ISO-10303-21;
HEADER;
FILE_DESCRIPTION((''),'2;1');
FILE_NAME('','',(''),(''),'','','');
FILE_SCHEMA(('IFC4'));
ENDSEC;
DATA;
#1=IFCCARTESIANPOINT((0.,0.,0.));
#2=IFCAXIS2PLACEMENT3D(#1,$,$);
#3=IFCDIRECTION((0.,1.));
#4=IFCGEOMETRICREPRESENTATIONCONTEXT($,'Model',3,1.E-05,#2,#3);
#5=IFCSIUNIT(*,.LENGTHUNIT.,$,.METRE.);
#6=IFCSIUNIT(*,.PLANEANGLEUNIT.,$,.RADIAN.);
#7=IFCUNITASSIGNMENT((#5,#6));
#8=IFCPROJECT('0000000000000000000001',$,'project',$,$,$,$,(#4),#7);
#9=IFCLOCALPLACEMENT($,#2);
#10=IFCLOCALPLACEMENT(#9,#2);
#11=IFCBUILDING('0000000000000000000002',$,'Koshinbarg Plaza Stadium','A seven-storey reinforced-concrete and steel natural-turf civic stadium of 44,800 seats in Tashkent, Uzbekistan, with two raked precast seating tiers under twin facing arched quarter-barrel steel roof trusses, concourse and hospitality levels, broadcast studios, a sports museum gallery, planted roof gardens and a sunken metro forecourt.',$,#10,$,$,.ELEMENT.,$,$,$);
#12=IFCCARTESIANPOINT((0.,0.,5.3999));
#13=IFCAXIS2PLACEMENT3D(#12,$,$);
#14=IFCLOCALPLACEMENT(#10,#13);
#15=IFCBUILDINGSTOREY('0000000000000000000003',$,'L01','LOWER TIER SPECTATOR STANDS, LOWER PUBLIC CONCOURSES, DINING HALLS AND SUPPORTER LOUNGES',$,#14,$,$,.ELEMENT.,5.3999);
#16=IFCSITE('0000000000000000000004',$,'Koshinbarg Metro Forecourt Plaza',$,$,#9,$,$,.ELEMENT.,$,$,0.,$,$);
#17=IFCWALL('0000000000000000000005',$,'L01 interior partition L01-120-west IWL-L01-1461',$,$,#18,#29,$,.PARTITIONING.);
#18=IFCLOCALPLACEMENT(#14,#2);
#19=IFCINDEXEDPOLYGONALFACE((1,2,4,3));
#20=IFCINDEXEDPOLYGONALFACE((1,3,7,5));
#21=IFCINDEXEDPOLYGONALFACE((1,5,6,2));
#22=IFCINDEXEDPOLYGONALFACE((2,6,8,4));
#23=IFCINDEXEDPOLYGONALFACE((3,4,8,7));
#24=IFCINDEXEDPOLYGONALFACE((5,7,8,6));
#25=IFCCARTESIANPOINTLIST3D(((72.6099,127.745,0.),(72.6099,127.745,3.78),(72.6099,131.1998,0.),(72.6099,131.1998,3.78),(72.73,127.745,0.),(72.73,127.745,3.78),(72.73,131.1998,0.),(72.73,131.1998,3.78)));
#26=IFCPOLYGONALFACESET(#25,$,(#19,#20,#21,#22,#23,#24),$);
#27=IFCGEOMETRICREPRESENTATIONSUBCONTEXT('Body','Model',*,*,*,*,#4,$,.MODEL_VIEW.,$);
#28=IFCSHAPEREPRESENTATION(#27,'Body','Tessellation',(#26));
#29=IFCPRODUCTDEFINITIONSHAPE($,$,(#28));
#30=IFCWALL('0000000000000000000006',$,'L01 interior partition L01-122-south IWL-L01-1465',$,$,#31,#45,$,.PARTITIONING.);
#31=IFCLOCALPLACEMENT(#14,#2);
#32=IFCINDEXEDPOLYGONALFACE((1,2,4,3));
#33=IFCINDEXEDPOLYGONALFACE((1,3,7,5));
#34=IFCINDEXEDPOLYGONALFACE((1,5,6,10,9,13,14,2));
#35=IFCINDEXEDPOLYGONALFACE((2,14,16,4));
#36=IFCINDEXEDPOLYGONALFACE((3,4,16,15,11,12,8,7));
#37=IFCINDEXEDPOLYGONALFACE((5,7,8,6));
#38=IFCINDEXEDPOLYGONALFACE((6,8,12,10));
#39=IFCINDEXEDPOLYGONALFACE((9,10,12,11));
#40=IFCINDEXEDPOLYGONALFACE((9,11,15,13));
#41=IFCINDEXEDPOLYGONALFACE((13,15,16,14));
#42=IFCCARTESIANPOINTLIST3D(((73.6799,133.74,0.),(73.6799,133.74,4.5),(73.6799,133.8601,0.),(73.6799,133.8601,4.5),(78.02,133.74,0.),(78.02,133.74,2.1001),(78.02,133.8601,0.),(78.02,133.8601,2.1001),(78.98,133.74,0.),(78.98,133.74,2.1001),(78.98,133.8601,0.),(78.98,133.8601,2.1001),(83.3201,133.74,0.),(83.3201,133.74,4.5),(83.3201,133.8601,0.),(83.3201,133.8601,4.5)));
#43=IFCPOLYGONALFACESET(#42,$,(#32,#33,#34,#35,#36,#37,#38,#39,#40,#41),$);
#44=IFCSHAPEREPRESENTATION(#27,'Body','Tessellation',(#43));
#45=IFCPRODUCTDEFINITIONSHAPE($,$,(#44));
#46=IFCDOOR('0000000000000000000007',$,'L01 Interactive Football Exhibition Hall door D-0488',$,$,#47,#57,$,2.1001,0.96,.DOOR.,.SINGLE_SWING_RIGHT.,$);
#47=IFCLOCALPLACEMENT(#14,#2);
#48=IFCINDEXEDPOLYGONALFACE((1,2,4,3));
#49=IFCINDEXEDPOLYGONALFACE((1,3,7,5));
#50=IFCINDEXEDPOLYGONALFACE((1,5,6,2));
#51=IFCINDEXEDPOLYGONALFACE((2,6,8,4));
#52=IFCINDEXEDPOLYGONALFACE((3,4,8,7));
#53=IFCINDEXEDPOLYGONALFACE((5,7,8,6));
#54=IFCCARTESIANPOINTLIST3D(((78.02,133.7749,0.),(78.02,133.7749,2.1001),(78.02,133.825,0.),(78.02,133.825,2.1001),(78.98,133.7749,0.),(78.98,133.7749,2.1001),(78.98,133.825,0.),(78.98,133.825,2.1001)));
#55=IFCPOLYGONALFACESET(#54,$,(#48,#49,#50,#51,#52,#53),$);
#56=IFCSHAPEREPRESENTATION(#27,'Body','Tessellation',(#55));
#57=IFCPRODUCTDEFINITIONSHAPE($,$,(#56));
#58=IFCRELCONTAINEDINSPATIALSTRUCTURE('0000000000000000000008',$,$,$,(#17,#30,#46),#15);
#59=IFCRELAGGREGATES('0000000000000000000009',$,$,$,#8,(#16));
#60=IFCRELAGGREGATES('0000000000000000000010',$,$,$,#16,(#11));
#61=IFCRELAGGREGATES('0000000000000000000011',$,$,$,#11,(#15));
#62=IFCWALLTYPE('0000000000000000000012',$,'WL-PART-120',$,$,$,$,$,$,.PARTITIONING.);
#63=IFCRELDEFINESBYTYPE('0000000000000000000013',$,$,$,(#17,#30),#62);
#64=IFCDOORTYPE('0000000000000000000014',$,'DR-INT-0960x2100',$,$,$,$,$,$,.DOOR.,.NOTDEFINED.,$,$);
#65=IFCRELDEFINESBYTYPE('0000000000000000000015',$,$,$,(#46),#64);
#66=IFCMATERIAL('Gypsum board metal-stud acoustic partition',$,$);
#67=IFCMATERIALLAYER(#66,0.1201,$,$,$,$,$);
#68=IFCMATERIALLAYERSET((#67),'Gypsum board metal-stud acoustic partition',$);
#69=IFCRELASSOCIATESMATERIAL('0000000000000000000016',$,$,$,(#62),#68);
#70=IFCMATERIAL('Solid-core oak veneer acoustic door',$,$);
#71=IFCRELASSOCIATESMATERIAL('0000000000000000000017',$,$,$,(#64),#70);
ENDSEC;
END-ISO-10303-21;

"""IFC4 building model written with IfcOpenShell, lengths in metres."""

from ifc_helpers import new_model, si_unit, direction, frame, frame_2d, origin, place, context, subcontext, project, spatial, rectangle, extrude, material, layer, layer_set, type_object, element, fill, save


model = new_model("IFC4")

# Units and contexts
model_context = context("Model", 3, precision=1e-05, world=origin(), true_north=direction((0.0, 1.0)))
body_context = subcontext(model_context, "Body", "Model", "MODEL_VIEW")
ifc_project = project(units=[si_unit("LENGTHUNIT", "METRE"), si_unit("PLANEANGLEUNIT", "RADIAN")], contexts=[model_context])

# Site, building, storey
site_placement = place(None, origin())
site = spatial("IfcSite", under=ifc_project, at=site_placement, Name="Koshinbarg Metro Forecourt Plaza", CompositionType="ELEMENT", RefElevation=0.0)
building_placement = place(site_placement, origin())
building = spatial("IfcBuilding", under=site, at=building_placement, Name="Koshinbarg Plaza Stadium", Description="A seven-storey reinforced-concrete and steel natural-turf civic stadium of 44,800 seats in Tashkent, Uzbekistan, with two raked precast seating tiers under twin facing arched quarter-barrel steel roof trusses, concourse and hospitality levels, broadcast studios, a sports museum gallery, planted roof gardens and a sunken metro forecourt.", CompositionType="ELEMENT")
storey_placement = place(building_placement, frame((0.0, 0.0, 5.3999)))
storey = spatial("IfcBuildingStorey", under=building, at=storey_placement, Name="L01", Description="LOWER TIER SPECTATOR STANDS, LOWER PUBLIC CONCOURSES, DINING HALLS AND SUPPORTER LOUNGES", CompositionType="ELEMENT", Elevation=5.3999)

# Shared definitions
ifc_material_1 = material(Name="Gypsum board metal-stud acoustic partition")
ifc_layer = layer(ifc_material_1, 0.1201)
ifc_layer_set = layer_set([ifc_layer], Name="Gypsum board metal-stud acoustic partition")
wall_type = type_object("IfcWallType", Name="WL-PART-120", PredefinedType="PARTITIONING", material=ifc_layer_set)

# Wall
wall_1_placement = place(storey_placement, frame((72.6699, 131.2, 0.0), z_axis=(0.0, 0.0, 1.0), x_axis=(0.0, -1.0, 0.0)))
element("IfcWall", 1, at=wall_1_placement, inside=storey, type_object=wall_type, Name="L01 interior partition L01-120-west IWL-L01-1461", PredefinedType="PARTITIONING", context=body_context, shape_type="SweptSolid", body=[
    extrude(rectangle(XDim=3.4548, YDim=0.1201, at=frame_2d((1.7275, 0.0))), origin(), (0.0, 0.0, 1.0), 3.78),
])

# Wall, opening, door
wall_2_placement = place(storey_placement, frame((73.6799, 133.8, 0.0), z_axis=(0.0, 0.0, 1.0), x_axis=(1.0, 0.0, 0.0)))
wall_2 = element("IfcWall", 2, at=wall_2_placement, inside=storey, type_object=wall_type, Name="L01 interior partition L01-122-south IWL-L01-1465", PredefinedType="PARTITIONING", context=body_context, shape_type="SweptSolid", body=[
    extrude(rectangle(XDim=9.6401, YDim=0.1201, at=frame_2d((4.8201, 0.0))), origin(), (0.0, 0.0, 1.0), 4.5),
])
opening_1_placement = place(wall_2_placement, frame((4.3401, 0.0, 0.0)))
opening_1 = element("IfcOpeningElement", 3, at=opening_1_placement, cuts=wall_2, PredefinedType="OPENING", context=body_context, shape_type="SweptSolid", body=[
    extrude(rectangle(XDim=0.96, YDim=2.1001, at=frame_2d((0.48, 1.05))), frame((0.0, 0.0701, 0.0), z_axis=(0.0, -1.0, 0.0), x_axis=(1.0, 0.0, 0.0)), (0.0, 0.0, 1.0), 0.1401),
])
ifc_material_2 = material(Name="Solid-core oak veneer acoustic door")
door_type_1 = type_object("IfcDoorType", Name="DR-INT-0960x2100", OperationType="NOTDEFINED", PredefinedType="DOOR", material=ifc_material_2)
door_1_placement = place(opening_1_placement, origin())
door_1 = element("IfcDoor", 4, at=door_1_placement, inside=storey, type_object=door_type_1, Name="L01 Interactive Football Exhibition Hall door D-0488", OperationType="SINGLE_SWING_RIGHT", OverallHeight=2.1001, OverallWidth=0.96, PredefinedType="DOOR", context=body_context, shape_type="SweptSolid", body=[
    extrude(rectangle(XDim=0.96, YDim=2.1001, at=frame_2d((0.48, 1.05))), frame((0.0, 0.0249, 0.0), z_axis=(0.0, -1.0, 0.0), x_axis=(1.0, 0.0, 0.0)), (0.0, 0.0, 1.0), 0.05),
])
fill(opening_1, door_1)

save(model, "model.ifc")
